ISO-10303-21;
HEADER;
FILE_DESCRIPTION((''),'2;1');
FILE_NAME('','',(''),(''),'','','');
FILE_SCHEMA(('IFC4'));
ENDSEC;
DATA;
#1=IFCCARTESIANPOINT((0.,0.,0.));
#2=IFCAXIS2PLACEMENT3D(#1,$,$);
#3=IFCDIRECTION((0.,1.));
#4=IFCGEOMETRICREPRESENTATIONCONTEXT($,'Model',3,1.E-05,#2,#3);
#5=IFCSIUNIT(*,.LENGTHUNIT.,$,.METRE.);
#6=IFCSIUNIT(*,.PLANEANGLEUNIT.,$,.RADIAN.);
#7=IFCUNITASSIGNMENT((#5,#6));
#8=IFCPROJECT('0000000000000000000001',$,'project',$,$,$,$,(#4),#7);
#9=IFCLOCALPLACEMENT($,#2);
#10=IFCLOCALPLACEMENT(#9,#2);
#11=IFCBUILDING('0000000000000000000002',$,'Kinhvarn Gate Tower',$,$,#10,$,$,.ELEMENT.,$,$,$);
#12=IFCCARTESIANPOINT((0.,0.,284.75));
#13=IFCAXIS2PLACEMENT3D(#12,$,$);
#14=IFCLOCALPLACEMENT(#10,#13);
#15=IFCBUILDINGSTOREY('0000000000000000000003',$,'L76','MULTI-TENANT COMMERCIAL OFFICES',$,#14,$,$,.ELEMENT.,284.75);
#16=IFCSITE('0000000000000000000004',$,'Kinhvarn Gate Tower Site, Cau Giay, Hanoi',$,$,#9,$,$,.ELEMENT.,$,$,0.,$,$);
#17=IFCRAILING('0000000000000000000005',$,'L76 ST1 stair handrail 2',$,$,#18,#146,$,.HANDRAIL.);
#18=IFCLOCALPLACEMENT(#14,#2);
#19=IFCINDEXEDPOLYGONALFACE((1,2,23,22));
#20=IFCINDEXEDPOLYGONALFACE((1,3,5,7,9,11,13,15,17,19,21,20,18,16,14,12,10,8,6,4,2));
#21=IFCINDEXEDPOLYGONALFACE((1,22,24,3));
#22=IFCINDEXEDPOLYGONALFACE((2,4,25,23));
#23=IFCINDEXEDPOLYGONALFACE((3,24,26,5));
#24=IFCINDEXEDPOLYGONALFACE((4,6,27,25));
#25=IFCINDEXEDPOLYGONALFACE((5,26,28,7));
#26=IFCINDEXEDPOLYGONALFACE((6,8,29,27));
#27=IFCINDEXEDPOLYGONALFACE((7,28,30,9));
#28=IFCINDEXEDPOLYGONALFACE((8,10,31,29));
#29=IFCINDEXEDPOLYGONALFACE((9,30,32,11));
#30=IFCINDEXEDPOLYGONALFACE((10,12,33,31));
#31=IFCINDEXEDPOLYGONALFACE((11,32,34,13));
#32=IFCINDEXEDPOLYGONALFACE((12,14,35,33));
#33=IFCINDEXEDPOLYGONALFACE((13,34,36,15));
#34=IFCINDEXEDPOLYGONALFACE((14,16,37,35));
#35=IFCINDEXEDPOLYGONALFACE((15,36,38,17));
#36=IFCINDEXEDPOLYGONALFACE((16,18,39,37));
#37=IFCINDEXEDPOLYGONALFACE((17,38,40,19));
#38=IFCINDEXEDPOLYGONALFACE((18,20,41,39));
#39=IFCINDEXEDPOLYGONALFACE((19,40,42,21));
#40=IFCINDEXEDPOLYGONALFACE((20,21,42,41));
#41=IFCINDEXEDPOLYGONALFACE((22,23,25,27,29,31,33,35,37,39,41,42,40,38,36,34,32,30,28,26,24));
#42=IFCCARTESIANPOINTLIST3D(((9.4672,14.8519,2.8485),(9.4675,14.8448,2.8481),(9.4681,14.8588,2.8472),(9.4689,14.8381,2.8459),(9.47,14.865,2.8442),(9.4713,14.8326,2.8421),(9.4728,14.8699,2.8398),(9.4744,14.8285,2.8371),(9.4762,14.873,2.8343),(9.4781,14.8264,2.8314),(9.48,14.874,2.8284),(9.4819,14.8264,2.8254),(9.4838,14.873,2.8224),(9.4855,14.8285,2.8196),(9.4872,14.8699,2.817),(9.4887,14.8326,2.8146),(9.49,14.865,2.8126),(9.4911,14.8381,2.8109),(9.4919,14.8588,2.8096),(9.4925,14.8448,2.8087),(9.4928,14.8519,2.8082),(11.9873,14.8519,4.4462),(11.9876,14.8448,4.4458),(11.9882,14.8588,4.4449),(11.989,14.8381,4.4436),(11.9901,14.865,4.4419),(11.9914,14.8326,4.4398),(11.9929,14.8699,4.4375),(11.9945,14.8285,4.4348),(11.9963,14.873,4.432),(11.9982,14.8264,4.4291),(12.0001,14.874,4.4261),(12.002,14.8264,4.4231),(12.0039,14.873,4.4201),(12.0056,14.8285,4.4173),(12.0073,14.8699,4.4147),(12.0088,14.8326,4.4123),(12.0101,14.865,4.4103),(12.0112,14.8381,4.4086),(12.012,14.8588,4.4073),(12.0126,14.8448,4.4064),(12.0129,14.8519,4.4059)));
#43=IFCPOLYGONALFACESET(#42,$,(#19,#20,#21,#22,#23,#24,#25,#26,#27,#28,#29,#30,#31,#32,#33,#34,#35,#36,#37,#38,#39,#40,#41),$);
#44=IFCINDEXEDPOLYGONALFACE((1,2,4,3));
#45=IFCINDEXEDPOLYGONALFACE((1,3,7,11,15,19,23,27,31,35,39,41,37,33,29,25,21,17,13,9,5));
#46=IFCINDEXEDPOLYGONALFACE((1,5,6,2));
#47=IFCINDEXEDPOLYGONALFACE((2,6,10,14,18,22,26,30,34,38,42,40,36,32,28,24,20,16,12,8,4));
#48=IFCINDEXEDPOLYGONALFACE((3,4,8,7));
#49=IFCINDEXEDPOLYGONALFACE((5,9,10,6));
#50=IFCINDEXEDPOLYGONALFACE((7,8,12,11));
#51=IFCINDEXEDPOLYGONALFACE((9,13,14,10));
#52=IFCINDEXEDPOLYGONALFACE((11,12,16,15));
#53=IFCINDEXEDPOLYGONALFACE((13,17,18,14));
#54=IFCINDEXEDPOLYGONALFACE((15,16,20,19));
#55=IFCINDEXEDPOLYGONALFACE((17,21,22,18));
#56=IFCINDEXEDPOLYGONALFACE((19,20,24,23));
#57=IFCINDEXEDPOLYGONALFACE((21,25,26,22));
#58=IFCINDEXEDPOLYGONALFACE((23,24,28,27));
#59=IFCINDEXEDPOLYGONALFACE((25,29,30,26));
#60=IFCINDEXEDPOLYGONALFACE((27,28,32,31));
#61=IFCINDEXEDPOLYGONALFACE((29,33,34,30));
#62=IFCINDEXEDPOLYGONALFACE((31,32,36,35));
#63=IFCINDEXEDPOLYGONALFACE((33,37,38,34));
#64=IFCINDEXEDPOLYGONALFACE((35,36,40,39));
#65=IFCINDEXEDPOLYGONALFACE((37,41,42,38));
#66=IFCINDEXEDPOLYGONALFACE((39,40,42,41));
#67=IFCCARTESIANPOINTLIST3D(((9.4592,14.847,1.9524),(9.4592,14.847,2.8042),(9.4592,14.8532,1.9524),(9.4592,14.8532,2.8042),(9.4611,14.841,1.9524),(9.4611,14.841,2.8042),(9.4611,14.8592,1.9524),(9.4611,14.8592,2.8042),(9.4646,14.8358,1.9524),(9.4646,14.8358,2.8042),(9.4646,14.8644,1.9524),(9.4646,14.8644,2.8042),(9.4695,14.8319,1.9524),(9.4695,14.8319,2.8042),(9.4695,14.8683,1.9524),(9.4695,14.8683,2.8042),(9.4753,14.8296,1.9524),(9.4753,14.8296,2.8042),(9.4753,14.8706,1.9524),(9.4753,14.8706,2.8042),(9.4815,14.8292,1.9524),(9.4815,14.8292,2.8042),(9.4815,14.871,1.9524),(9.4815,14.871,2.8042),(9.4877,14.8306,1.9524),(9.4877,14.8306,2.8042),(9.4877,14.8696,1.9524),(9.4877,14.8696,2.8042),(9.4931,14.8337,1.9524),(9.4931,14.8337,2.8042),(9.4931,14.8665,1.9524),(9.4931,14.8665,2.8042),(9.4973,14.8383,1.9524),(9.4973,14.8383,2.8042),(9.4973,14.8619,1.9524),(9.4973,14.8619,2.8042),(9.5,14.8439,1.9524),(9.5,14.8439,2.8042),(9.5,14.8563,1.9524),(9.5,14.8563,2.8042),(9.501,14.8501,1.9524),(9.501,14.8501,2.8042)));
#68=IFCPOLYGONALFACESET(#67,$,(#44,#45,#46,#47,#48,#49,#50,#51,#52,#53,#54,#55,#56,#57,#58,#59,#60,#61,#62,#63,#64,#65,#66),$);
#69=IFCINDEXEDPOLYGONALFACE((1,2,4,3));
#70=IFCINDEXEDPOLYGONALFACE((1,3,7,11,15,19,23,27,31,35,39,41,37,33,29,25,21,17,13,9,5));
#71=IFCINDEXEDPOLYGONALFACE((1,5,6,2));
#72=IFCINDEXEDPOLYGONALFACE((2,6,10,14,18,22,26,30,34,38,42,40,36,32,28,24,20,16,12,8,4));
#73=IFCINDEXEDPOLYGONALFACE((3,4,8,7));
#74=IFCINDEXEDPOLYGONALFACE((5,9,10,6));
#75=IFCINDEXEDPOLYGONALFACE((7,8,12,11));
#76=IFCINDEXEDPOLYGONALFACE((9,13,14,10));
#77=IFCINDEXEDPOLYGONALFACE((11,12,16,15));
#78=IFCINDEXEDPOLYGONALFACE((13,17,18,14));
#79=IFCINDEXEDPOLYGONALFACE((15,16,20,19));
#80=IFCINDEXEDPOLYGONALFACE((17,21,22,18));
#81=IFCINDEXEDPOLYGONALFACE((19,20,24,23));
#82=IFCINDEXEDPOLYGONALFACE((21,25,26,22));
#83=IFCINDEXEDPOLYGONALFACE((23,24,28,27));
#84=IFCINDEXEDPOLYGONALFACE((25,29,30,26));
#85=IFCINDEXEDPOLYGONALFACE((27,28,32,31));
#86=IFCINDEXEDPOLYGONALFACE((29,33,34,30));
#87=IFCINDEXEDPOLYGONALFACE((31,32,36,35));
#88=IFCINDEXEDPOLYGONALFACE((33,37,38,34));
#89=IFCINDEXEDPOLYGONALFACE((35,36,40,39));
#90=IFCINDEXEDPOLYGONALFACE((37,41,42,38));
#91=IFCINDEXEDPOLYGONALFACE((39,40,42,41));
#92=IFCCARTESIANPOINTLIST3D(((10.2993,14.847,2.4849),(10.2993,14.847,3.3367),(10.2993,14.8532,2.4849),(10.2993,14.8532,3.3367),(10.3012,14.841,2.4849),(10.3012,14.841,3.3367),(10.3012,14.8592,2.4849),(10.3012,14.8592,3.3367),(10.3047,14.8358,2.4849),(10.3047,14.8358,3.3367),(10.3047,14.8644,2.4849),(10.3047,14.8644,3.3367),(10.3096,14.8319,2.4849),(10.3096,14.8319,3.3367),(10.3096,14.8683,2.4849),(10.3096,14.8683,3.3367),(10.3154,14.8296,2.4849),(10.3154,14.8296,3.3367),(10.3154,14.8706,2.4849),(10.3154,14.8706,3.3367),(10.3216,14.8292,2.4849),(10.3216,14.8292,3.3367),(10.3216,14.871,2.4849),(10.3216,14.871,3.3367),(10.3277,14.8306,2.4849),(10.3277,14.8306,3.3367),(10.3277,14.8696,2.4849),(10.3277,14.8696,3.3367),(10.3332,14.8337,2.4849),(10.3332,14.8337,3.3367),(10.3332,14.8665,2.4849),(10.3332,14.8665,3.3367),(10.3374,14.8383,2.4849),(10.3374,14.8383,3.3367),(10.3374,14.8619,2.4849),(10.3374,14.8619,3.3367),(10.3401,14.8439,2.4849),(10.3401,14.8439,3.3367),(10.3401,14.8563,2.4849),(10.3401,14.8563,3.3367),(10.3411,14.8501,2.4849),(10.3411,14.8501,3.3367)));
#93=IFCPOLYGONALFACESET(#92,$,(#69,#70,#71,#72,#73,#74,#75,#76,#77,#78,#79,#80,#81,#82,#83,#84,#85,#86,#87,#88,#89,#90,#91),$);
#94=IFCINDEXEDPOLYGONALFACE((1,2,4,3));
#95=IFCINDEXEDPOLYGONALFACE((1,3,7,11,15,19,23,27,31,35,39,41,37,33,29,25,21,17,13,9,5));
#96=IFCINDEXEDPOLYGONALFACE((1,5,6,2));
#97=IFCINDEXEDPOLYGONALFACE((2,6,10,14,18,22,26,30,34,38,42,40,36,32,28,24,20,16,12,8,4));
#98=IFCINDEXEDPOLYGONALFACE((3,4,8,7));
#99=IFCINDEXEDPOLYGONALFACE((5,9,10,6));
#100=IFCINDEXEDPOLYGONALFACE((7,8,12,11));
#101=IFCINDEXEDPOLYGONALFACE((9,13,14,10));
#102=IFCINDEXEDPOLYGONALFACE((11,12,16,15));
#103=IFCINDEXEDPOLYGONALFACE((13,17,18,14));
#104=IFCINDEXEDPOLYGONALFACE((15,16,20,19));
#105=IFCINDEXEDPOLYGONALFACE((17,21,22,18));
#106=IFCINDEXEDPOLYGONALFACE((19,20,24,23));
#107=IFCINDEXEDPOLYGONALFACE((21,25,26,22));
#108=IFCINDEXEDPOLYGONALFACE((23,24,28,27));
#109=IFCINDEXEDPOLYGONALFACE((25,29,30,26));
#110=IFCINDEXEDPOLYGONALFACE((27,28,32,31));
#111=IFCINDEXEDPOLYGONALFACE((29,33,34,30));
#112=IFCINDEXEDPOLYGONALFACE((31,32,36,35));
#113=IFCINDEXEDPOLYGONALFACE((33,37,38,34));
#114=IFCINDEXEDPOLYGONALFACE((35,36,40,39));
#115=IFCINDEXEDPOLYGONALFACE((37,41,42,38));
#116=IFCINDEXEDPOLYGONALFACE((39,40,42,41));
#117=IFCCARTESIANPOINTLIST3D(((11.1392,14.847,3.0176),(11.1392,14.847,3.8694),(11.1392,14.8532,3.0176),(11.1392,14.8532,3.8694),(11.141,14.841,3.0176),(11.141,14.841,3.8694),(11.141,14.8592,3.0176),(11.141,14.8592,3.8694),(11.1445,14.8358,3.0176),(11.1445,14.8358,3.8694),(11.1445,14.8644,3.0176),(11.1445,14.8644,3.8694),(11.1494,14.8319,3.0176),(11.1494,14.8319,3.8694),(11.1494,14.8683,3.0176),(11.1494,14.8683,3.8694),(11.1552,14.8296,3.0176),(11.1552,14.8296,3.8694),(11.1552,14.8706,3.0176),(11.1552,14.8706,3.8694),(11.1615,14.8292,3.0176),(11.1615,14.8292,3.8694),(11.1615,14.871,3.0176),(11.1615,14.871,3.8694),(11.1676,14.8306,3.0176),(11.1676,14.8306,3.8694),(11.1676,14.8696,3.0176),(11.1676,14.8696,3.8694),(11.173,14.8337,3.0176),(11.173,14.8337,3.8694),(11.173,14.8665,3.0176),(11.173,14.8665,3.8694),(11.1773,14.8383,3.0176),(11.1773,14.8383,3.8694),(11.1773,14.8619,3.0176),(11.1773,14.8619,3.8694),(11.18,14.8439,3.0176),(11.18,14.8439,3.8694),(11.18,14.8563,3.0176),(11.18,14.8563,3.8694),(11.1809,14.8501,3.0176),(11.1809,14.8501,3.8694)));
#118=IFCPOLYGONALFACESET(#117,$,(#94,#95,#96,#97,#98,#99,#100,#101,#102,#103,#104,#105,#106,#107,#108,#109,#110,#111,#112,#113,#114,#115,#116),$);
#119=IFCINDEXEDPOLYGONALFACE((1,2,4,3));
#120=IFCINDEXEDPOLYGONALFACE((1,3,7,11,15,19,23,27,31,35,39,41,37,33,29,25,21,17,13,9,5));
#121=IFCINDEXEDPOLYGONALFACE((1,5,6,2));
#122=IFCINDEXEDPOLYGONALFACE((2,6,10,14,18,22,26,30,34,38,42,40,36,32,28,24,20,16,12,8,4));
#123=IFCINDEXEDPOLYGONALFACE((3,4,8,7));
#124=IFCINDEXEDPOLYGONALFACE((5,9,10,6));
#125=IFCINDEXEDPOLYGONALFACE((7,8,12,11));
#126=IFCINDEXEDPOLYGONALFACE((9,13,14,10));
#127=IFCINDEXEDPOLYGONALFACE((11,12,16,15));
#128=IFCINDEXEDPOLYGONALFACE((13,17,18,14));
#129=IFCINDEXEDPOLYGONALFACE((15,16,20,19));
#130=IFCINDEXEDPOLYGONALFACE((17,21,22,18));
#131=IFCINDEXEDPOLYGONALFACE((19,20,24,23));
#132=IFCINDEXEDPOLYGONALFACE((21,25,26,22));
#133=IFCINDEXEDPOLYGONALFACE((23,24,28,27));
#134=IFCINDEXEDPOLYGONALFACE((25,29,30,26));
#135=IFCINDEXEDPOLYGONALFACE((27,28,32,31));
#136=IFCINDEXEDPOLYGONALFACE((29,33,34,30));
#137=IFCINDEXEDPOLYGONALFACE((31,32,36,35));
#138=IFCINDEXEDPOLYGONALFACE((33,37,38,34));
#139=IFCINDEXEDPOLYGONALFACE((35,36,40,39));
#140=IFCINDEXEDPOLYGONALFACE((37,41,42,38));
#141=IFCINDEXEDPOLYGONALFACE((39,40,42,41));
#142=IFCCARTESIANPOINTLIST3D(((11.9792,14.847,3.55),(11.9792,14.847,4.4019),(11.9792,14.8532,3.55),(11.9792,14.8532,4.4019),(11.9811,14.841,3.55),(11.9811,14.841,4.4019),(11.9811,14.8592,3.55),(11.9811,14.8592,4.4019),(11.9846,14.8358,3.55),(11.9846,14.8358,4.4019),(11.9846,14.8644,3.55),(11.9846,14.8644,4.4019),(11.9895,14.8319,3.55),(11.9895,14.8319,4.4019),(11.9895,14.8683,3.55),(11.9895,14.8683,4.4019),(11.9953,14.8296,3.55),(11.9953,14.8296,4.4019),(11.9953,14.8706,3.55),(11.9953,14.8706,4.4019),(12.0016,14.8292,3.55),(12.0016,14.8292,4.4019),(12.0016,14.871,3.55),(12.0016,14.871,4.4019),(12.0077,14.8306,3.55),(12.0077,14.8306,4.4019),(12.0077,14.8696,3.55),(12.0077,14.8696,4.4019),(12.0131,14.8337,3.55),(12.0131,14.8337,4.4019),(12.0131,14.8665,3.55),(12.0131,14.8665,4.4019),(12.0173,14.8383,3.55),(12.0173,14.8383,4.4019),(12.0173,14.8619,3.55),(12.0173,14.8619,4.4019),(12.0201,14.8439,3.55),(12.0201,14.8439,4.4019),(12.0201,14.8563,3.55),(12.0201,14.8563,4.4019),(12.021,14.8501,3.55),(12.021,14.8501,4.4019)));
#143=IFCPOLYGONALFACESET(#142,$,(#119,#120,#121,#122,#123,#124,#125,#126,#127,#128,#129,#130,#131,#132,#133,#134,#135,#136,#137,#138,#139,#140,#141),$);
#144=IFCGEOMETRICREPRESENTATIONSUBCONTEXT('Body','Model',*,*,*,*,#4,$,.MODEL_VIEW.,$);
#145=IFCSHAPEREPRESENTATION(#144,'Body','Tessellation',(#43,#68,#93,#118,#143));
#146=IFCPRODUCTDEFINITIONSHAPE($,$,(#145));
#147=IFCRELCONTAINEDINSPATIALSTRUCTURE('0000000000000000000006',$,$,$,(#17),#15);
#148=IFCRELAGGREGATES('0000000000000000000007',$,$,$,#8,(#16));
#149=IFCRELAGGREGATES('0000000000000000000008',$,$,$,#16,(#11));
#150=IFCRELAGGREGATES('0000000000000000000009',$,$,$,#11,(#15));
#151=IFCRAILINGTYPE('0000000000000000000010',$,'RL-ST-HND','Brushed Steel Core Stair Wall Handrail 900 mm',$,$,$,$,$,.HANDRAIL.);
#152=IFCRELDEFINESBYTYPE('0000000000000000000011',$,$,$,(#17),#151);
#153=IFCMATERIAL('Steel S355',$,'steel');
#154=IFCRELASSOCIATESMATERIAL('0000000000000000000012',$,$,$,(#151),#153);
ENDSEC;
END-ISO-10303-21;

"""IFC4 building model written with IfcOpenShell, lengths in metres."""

from ifc_helpers import new_model, si_unit, direction, frame, origin, origin_2d, place, context, subcontext, project, spatial, circle, extrude, material, type_object, element, save


model = new_model("IFC4")

# Units and contexts
model_context = context("Model", 3, precision=1e-05, world=origin(), true_north=direction((0.0, 1.0)))
body_context = subcontext(model_context, "Body", "Model", "MODEL_VIEW")
ifc_project = project(units=[si_unit("LENGTHUNIT", "METRE"), si_unit("PLANEANGLEUNIT", "RADIAN")], contexts=[model_context])

# Site, building, storey
site_placement = place(None, origin())
site = spatial("IfcSite", under=ifc_project, at=site_placement, Name="Kinhvarn Gate Tower Site, Cau Giay, Hanoi", CompositionType="ELEMENT", RefElevation=0.0)
building_placement = place(site_placement, origin())
building = spatial("IfcBuilding", under=site, at=building_placement, Name="Kinhvarn Gate Tower", CompositionType="ELEMENT")
storey_placement = place(building_placement, frame((0.0, 0.0, 284.75)))
storey = spatial("IfcBuildingStorey", under=building, at=storey_placement, Name="L76", Description="MULTI-TENANT COMMERCIAL OFFICES", CompositionType="ELEMENT", Elevation=284.75)

# Shared definitions
ifc_material_1 = material(Name="Steel S355", Category="steel")

# Railing
railing_type_1 = type_object("IfcRailingType", Name="RL-ST-HND", Description="Brushed Steel Core Stair Wall Handrail 900 mm", PredefinedType="HANDRAIL", material=ifc_material_1)
railing_1_placement = place(storey_placement, frame((9.48, 14.8501, 1.9524)))
element("IfcRailing", 1, at=railing_1_placement, inside=storey, type_object=railing_type_1, Name="L76 ST1 stair handrail 2", PredefinedType="HANDRAIL", context=body_context, shape_type="SweptSolid", body=[
    extrude(circle(Radius=0.0239, at=origin_2d()), frame((0.0, 0.0, 0.876), z_axis=(0.84457, 0.0, 0.535445), x_axis=(0.0, 1.0, 0.0)), (0.0, 0.0, 1.0), 2.9839),
    extrude(circle(Radius=0.021, at=origin_2d()), origin(), (0.0, 0.0, 1.0), 0.8518),
    extrude(circle(Radius=0.021, at=origin_2d()), frame((0.8401, 0.0, 0.5325)), (0.0, 0.0, 1.0), 0.8518),
    extrude(circle(Radius=0.021, at=origin_2d()), frame((1.6799, 0.0, 1.0652)), (0.0, 0.0, 1.0), 0.8518),
    extrude(circle(Radius=0.021, at=origin_2d()), frame((2.52, 0.0, 1.5977)), (0.0, 0.0, 1.0), 0.8518),
])

save(model, "model.ifc")
